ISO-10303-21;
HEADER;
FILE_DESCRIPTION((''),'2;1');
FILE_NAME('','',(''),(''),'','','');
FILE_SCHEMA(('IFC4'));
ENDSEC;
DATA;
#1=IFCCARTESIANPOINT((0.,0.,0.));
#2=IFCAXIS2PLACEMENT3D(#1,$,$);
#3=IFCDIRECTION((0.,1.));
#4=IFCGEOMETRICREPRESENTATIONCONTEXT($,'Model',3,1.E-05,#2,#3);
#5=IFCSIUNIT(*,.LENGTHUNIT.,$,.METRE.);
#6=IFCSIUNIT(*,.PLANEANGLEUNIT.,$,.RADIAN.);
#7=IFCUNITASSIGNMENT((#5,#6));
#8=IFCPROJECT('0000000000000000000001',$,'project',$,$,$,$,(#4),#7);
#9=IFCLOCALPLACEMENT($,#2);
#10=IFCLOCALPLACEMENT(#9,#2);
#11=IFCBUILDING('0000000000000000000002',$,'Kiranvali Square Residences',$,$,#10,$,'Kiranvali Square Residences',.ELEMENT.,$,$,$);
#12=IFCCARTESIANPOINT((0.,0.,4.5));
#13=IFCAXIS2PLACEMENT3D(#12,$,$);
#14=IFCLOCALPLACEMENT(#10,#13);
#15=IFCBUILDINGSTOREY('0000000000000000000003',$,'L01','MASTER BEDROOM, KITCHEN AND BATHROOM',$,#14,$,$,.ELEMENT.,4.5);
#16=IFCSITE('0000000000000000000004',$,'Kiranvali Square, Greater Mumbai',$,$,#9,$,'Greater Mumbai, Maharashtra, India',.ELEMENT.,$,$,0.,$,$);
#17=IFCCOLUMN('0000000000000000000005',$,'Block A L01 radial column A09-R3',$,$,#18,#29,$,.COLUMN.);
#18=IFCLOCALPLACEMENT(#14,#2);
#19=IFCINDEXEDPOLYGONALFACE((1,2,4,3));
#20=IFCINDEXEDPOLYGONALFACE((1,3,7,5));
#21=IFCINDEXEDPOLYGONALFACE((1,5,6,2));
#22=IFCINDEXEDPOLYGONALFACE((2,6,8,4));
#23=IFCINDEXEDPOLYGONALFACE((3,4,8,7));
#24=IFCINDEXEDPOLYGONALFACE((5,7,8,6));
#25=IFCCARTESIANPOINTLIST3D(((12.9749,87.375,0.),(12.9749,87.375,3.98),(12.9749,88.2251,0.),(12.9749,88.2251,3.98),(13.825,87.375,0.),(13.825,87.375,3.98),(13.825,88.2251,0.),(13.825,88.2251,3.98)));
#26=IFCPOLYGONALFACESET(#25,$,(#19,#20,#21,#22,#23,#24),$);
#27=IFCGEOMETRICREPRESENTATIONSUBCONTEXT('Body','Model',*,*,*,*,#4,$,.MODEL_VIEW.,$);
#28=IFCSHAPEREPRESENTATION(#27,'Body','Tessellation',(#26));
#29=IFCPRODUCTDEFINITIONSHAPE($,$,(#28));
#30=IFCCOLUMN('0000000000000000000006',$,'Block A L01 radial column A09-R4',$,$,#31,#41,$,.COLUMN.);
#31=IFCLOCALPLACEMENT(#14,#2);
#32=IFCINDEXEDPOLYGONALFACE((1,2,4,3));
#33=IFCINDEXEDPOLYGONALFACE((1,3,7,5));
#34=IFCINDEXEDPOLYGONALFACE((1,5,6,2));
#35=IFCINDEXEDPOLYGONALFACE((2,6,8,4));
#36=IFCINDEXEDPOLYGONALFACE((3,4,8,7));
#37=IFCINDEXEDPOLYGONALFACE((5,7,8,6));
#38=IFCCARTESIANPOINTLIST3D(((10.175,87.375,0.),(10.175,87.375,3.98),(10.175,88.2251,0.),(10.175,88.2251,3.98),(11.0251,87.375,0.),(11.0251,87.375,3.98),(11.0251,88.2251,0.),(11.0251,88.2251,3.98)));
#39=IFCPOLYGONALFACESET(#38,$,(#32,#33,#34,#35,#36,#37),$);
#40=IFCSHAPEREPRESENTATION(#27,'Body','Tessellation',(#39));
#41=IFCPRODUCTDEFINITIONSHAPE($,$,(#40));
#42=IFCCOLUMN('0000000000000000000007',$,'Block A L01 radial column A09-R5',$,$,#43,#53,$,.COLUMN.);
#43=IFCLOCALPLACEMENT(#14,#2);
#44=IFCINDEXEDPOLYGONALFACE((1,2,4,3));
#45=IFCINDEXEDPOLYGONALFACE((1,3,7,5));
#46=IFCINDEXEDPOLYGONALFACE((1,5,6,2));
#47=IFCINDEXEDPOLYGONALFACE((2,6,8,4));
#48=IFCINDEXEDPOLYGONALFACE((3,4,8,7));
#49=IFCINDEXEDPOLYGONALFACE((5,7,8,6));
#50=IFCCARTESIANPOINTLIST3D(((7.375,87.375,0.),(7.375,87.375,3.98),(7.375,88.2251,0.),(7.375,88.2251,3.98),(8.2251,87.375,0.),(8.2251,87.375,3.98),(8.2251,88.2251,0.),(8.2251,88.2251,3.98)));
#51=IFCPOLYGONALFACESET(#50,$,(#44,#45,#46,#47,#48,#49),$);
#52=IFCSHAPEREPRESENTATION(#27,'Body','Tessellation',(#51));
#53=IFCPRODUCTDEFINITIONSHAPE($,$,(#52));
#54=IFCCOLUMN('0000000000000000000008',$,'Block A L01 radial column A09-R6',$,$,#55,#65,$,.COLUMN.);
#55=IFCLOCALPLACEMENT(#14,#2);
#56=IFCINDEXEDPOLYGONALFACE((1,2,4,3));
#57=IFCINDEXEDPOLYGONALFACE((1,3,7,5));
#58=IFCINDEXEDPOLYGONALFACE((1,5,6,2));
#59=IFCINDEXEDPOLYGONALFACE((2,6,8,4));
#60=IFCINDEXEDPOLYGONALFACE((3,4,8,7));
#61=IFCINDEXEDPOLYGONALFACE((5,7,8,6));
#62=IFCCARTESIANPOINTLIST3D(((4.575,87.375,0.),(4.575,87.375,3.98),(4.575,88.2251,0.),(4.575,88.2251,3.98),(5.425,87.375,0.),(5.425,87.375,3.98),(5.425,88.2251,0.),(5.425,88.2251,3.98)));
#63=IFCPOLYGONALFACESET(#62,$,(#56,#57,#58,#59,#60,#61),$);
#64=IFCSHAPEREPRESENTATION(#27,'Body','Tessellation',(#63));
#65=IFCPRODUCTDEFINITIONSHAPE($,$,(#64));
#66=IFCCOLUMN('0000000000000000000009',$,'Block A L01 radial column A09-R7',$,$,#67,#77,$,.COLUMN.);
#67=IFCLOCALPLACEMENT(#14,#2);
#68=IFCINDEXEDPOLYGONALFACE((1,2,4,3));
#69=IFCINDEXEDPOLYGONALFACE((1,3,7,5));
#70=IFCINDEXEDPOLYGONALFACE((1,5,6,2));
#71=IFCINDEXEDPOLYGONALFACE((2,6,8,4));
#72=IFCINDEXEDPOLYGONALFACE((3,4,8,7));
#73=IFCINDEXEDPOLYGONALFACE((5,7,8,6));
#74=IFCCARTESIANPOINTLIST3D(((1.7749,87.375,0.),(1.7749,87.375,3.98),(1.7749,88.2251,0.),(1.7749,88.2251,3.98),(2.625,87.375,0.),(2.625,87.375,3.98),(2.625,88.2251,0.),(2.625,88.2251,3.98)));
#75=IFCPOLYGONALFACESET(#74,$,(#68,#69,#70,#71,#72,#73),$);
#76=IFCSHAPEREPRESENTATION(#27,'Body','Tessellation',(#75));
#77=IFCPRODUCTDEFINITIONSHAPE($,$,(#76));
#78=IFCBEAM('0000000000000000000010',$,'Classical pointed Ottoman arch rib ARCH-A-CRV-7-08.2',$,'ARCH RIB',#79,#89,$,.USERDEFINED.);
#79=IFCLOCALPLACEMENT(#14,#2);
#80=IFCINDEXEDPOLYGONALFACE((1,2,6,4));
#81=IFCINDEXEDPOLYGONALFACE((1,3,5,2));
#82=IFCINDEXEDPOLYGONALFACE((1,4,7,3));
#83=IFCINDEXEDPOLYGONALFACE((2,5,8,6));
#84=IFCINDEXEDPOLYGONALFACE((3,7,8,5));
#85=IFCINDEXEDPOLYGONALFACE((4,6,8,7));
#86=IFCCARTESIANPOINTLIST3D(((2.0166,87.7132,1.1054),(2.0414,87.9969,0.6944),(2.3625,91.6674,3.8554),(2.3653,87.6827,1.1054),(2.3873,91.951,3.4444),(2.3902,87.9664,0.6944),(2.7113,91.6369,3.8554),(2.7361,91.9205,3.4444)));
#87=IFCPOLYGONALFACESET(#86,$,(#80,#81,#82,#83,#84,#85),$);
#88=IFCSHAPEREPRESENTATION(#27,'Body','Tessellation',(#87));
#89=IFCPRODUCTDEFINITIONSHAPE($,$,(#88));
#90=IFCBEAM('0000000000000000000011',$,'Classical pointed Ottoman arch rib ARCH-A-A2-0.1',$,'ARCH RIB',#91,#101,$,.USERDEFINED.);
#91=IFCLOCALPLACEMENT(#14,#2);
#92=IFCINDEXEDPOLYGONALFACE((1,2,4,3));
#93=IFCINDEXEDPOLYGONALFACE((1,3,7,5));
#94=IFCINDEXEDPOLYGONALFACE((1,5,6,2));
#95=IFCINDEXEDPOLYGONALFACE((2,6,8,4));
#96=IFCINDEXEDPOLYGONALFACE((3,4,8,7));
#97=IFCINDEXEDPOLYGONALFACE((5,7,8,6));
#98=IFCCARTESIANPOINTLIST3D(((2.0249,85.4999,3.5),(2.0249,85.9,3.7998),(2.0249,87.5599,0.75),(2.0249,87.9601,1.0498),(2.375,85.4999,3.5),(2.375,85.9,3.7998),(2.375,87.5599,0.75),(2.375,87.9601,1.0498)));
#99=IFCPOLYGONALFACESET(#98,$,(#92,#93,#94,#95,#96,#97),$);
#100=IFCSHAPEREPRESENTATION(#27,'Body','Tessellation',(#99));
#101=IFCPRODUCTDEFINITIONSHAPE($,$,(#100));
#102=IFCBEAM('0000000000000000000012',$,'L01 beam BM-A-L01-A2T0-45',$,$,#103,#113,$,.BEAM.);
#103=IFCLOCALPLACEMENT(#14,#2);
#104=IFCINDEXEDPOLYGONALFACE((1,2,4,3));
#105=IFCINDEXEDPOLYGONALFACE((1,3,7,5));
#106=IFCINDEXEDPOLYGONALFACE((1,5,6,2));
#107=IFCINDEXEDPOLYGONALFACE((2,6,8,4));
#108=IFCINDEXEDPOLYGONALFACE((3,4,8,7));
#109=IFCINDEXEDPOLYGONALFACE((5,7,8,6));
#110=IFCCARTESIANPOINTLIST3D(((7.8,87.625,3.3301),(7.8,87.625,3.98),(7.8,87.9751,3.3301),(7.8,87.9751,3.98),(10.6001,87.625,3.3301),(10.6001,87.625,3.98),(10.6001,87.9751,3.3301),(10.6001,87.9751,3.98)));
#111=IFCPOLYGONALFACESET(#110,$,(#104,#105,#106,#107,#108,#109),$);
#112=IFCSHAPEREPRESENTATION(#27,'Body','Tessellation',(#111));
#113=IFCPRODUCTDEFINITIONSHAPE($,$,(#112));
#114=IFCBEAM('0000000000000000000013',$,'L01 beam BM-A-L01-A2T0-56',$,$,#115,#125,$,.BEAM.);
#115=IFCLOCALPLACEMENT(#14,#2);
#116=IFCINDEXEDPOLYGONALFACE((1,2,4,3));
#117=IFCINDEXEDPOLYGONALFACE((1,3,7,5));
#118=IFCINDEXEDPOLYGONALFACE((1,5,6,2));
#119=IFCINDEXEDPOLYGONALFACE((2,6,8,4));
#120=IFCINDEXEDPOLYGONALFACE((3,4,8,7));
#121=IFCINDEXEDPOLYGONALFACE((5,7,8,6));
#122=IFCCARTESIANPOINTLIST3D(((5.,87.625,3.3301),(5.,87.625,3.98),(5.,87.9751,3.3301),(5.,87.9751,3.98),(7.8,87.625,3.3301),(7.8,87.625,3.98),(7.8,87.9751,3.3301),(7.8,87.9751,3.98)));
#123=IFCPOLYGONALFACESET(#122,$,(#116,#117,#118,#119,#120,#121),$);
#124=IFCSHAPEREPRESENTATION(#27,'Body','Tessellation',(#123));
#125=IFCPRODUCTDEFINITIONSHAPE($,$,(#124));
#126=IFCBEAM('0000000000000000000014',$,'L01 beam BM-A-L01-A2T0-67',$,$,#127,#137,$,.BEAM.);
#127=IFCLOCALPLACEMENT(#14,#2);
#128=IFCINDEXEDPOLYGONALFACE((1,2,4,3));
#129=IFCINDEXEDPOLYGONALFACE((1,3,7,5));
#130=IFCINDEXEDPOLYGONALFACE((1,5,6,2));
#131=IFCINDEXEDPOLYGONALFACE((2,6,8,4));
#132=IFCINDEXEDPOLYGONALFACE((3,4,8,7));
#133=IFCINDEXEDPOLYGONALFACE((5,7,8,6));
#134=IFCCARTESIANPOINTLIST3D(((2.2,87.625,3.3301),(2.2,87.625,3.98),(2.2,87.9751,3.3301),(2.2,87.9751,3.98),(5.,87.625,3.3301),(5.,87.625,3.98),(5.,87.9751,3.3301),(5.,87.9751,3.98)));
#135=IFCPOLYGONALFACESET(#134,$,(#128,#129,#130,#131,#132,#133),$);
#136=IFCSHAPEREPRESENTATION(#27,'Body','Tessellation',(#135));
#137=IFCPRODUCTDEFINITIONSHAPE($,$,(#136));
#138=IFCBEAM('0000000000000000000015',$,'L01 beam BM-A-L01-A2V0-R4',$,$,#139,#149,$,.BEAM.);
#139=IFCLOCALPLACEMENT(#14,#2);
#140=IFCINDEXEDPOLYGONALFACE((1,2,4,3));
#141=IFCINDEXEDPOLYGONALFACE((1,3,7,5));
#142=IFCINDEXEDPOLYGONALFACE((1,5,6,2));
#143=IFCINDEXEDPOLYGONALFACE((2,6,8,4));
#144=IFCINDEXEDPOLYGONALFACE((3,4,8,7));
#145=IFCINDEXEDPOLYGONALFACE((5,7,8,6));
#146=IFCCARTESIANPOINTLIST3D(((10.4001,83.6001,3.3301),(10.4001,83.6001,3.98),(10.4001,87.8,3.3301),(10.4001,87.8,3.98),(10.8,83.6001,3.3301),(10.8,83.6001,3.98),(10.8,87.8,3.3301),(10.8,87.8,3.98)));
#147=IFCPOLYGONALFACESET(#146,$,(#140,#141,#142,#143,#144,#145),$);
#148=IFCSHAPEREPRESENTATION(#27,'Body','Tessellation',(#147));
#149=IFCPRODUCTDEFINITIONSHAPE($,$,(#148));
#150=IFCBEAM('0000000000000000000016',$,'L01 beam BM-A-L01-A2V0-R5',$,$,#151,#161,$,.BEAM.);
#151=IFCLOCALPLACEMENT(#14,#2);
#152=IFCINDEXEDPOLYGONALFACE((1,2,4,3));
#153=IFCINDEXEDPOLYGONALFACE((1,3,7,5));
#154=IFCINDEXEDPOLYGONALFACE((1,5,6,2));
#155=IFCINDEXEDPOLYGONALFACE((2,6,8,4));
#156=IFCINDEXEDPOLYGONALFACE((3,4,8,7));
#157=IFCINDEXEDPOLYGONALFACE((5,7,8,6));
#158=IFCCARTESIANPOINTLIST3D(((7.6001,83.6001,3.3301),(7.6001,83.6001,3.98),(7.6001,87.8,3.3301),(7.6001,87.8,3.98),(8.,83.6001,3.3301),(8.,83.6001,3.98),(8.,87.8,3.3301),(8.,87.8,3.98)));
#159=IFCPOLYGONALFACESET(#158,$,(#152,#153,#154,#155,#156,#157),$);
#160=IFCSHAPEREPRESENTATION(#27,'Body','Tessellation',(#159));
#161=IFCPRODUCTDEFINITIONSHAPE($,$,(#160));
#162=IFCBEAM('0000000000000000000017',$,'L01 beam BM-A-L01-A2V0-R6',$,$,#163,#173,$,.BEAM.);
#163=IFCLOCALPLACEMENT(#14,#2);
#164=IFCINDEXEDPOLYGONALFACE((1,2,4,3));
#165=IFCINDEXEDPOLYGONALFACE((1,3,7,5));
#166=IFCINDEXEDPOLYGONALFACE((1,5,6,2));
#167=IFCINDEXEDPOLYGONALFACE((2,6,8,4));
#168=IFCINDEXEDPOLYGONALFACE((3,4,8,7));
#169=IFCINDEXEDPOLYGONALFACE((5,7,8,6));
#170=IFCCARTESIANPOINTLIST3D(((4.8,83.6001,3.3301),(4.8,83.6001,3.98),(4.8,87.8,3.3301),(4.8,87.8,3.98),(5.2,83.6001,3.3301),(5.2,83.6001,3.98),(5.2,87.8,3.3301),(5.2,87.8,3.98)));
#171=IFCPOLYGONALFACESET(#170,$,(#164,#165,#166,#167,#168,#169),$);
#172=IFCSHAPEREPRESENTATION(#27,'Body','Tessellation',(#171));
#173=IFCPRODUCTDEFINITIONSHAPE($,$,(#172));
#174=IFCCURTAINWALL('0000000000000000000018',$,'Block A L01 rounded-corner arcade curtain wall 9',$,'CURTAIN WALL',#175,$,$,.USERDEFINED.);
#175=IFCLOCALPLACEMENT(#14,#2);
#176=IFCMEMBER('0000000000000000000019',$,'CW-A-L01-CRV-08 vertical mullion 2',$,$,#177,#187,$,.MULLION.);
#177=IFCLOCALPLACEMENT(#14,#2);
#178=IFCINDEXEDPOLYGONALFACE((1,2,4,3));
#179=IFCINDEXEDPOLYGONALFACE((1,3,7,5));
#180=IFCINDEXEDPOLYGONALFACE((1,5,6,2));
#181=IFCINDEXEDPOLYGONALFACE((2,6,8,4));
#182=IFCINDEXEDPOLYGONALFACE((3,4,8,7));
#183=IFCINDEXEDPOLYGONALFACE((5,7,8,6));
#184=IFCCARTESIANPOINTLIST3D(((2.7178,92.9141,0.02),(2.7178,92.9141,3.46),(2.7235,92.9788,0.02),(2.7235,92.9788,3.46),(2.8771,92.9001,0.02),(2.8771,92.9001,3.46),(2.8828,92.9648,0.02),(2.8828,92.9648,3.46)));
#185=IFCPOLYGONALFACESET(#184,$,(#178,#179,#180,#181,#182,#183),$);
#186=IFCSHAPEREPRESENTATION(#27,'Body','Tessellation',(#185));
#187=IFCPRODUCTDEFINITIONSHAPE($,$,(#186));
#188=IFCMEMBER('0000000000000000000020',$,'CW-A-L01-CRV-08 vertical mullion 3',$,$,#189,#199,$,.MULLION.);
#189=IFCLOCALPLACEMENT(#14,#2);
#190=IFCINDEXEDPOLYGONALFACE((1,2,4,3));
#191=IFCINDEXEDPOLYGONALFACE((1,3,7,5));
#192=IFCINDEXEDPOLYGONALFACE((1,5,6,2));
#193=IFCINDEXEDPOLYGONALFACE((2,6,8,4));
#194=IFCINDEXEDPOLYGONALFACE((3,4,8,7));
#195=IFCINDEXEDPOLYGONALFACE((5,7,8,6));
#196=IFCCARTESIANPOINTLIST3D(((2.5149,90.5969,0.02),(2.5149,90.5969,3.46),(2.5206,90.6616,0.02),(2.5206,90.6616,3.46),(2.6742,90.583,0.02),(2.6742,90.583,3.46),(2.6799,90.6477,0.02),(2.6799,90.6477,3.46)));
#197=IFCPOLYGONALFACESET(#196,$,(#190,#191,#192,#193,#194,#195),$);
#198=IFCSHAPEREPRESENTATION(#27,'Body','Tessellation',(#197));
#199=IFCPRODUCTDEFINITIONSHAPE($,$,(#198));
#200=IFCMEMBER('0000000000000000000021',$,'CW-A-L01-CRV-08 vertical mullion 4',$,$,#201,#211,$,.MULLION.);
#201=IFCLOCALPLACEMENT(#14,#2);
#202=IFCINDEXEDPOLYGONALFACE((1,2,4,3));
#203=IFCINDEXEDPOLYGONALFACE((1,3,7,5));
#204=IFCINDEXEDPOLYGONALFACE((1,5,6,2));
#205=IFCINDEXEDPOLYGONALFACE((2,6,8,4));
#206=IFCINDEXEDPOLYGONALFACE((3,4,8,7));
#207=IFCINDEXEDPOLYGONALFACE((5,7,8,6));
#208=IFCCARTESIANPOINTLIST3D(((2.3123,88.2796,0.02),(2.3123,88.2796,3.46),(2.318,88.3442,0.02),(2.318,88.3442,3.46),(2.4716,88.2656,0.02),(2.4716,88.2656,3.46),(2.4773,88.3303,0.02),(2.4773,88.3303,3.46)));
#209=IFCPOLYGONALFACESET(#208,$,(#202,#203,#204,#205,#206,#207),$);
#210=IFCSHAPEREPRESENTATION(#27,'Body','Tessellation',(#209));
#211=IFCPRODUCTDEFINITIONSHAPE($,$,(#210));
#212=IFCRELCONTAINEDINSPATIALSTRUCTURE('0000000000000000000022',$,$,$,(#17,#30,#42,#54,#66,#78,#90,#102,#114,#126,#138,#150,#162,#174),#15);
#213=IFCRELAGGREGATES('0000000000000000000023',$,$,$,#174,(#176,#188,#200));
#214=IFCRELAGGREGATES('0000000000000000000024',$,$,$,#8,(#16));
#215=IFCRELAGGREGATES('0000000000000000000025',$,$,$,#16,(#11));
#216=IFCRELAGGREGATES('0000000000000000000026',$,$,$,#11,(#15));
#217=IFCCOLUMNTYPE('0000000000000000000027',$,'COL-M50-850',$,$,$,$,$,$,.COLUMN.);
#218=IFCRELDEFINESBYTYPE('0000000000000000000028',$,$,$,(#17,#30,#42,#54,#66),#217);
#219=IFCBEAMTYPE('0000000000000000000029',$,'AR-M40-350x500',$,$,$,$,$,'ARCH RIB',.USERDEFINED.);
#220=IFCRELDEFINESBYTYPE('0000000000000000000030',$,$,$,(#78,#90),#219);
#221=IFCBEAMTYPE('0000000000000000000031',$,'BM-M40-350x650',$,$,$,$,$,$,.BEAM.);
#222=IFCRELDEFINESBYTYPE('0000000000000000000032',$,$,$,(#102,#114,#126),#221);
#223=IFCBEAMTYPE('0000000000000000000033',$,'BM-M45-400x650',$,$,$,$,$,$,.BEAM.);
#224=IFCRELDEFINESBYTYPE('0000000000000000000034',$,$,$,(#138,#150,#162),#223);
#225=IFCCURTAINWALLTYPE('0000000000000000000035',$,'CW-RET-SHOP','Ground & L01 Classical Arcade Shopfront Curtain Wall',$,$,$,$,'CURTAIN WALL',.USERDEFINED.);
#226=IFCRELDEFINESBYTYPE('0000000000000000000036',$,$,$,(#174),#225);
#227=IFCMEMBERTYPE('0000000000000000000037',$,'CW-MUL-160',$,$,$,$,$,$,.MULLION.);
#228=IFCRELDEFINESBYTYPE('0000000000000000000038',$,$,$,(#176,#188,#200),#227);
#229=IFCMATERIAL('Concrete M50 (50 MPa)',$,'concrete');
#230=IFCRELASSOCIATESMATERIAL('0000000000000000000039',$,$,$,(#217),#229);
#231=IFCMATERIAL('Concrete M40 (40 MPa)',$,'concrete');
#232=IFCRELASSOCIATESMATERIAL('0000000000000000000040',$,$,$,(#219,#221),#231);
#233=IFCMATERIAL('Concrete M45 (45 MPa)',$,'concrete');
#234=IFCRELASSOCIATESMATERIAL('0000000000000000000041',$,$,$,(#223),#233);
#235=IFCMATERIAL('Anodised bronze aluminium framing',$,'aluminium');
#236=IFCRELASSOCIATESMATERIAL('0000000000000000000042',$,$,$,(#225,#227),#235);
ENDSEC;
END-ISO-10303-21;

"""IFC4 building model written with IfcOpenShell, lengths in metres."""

from ifc_helpers import new_model, si_unit, direction, frame, origin, origin_2d, place, context, subcontext, project, spatial, rectangle, extrude, material, material_profile, profile_set, type_object, element, aggregate, save


model = new_model("IFC4")

# Units and contexts
model_context = context("Model", 3, precision=1e-05, world=origin(), true_north=direction((0.0, 1.0)))
body_context = subcontext(model_context, "Body", "Model", "MODEL_VIEW")
ifc_project = project(units=[si_unit("LENGTHUNIT", "METRE"), si_unit("PLANEANGLEUNIT", "RADIAN")], contexts=[model_context])

# Site, building, storey
site_placement = place(None, origin())
site = spatial("IfcSite", under=ifc_project, at=site_placement, Name="Kiranvali Square, Greater Mumbai", LongName="Greater Mumbai, Maharashtra, India", CompositionType="ELEMENT", RefElevation=0.0)
building_placement = place(site_placement, origin())
building = spatial("IfcBuilding", under=site, at=building_placement, Name="Kiranvali Square Residences", LongName="Kiranvali Square Residences", CompositionType="ELEMENT")
storey_placement = place(building_placement, frame((0.0, 0.0, 4.5)))
storey = spatial("IfcBuildingStorey", under=building, at=storey_placement, Name="L01", Description="MASTER BEDROOM, KITCHEN AND BATHROOM", CompositionType="ELEMENT", Elevation=4.5)

# Columns
ifc_material_1 = material(Name="Concrete M50 (50 MPa)", Category="concrete")
ifc_material_profile_1 = material_profile(ifc_material_1, rectangle(XDim=0.8501, YDim=0.8501, at=origin_2d()), Name="RC 850x850")
ifc_profile_set_1 = profile_set([ifc_material_profile_1], Name="Concrete M50 (50 MPa)")
column_type = type_object("IfcColumnType", Name="COL-M50-850", PredefinedType="COLUMN", material=ifc_profile_set_1)
for number, where, z_axis, x_axis, name in (
    (1, (13.3999, 87.8, 0.0), (0.0, 0.0, 1.0), (0.0, 1.0, 0.0), "Block A L01 radial column A09-R3"),
    (2, (10.6001, 87.8, 0.0), (0.0, 0.0, 1.0), (0.0, 1.0, 0.0), "Block A L01 radial column A09-R4"),
    (3, (7.8, 87.8, 0.0), (0.0, 0.0, 1.0), (0.0, 1.0, 0.0), "Block A L01 radial column A09-R5"),
    (4, (5.0, 87.8, 0.0), (0.0, 0.0, 1.0), (0.0, 1.0, 0.0), "Block A L01 radial column A09-R6"),
    (5, (2.2, 87.8, 0.0), (0.0, 0.0, 1.0), (0.0, 1.0, 0.0), "Block A L01 radial column A09-R7"),
):
    element("IfcColumn", number, at=place(storey_placement, frame(where, z_axis=z_axis, x_axis=x_axis)), inside=storey, type_object=column_type, Name=name, PredefinedType="COLUMN", context=body_context, shape_type="SweptSolid", body=[
        extrude(rectangle(XDim=0.8501, YDim=0.8501, at=origin_2d()), origin(), (0.0, 0.0, 1.0), 3.98),
    ])

# Beams
ifc_material_2 = material(Name="Concrete M40 (40 MPa)", Category="concrete")
ifc_material_profile_2 = material_profile(ifc_material_2, rectangle(XDim=0.3501, YDim=0.5, at=origin_2d()), Name="RC 350x500")
ifc_profile_set_2 = profile_set([ifc_material_profile_2], Name="Concrete M40 (40 MPa)")
beam_type_1 = type_object("IfcBeamType", Name="AR-M40-350x500", ElementType="ARCH RIB", PredefinedType="USERDEFINED", material=ifc_profile_set_2)
beam_1_placement = place(storey_placement, frame((2.5493, 91.7939, 3.6499), z_axis=(-0.071643, -0.818862, -0.569502), x_axis=(0.996195, -0.087158, 0.0)))
element("IfcBeam", 6, at=beam_1_placement, inside=storey, type_object=beam_type_1, Name="Classical pointed Ottoman arch rib ARCH-A-CRV-7-08.2", ObjectType="ARCH RIB", PredefinedType="USERDEFINED", context=body_context, shape_type="SweptSolid", body=[
    extrude(rectangle(XDim=0.3501, YDim=0.5, at=origin_2d()), origin(), (0.0, 0.0, 1.0), 4.8289),
])
beam_2_placement = place(storey_placement, frame((2.2, 87.76, 0.8999), z_axis=(0.0, -0.599545, 0.800341), x_axis=(1.0, 0.0, 0.0)))
element("IfcBeam", 7, at=beam_2_placement, inside=storey, type_object=beam_type_1, Name="Classical pointed Ottoman arch rib ARCH-A-A2-0.1", ObjectType="ARCH RIB", PredefinedType="USERDEFINED", context=body_context, shape_type="SweptSolid", body=[
    extrude(rectangle(XDim=0.3501, YDim=0.5, at=origin_2d()), origin(), (0.0, 0.0, 1.0), 3.436),
])
ifc_material_profile_3 = material_profile(ifc_material_2, rectangle(XDim=0.3501, YDim=0.6499, at=origin_2d()), Name="RC 350x650")
ifc_profile_set_3 = profile_set([ifc_material_profile_3], Name="Concrete M40 (40 MPa)")
beam_type_2 = type_object("IfcBeamType", Name="BM-M40-350x650", PredefinedType="BEAM", material=ifc_profile_set_3)
for number, where, z_axis, x_axis, name in (
    (8, (10.6001, 87.8, 3.655), (-1.0, 0.0, 0.0), (0.0, -1.0, 0.0), "L01 beam BM-A-L01-A2T0-45"),
    (9, (7.8, 87.8, 3.655), (-1.0, 0.0, 0.0), (0.0, -1.0, 0.0), "L01 beam BM-A-L01-A2T0-56"),
    (10, (5.0, 87.8, 3.655), (-1.0, 0.0, 0.0), (0.0, -1.0, 0.0), "L01 beam BM-A-L01-A2T0-67"),
):
    element("IfcBeam", number, at=place(storey_placement, frame(where, z_axis=z_axis, x_axis=x_axis)), inside=storey, type_object=beam_type_2, Name=name, PredefinedType="BEAM", context=body_context, shape_type="SweptSolid", body=[
        extrude(rectangle(XDim=0.3501, YDim=0.6499, at=origin_2d()), origin(), (0.0, 0.0, 1.0), 2.8),
    ])
ifc_material_3 = material(Name="Concrete M45 (45 MPa)", Category="concrete")
ifc_material_profile_4 = material_profile(ifc_material_3, rectangle(XDim=0.3999, YDim=0.6499, at=origin_2d()), Name="RC 400x650")
ifc_profile_set_4 = profile_set([ifc_material_profile_4], Name="Concrete M45 (45 MPa)")
beam_type_3 = type_object("IfcBeamType", Name="BM-M45-400x650", PredefinedType="BEAM", material=ifc_profile_set_4)
for number, where, z_axis, x_axis, name in (
    (11, (10.6001, 87.8, 3.655), (0.0, -1.0, 0.0), (1.0, 0.0, 0.0), "L01 beam BM-A-L01-A2V0-R4"),
    (12, (7.8, 87.8, 3.655), (0.0, -1.0, 0.0), (1.0, 0.0, 0.0), "L01 beam BM-A-L01-A2V0-R5"),
    (13, (5.0, 87.8, 3.655), (0.0, -1.0, 0.0), (1.0, 0.0, 0.0), "L01 beam BM-A-L01-A2V0-R6"),
):
    element("IfcBeam", number, at=place(storey_placement, frame(where, z_axis=z_axis, x_axis=x_axis)), inside=storey, type_object=beam_type_3, Name=name, PredefinedType="BEAM", context=body_context, shape_type="SweptSolid", body=[
        extrude(rectangle(XDim=0.3999, YDim=0.6499, at=origin_2d()), origin(), (0.0, 0.0, 1.0), 4.2),
    ])

# Curtain wall, members
ifc_material_4 = material(Name="Anodised bronze aluminium framing", Category="aluminium")
curtain_wall_type = type_object("IfcCurtainWallType", Name="CW-RET-SHOP", Description="Ground & L01 Classical Arcade Shopfront Curtain Wall", ElementType="CURTAIN WALL", PredefinedType="USERDEFINED", material=ifc_material_4)
curtain_wall_1_placement = place(storey_placement, origin())
curtain_wall_1 = element("IfcCurtainWall", 14, at=curtain_wall_1_placement, inside=storey, type_object=curtain_wall_type, Name="Block A L01 rounded-corner arcade curtain wall 9", ObjectType="CURTAIN WALL", PredefinedType="USERDEFINED")
ifc_material_profile_5 = material_profile(ifc_material_4, rectangle(XDim=0.0649, YDim=0.1599, at=origin_2d()), Name="ALU 65x160")
ifc_profile_set_5 = profile_set([ifc_material_profile_5], Name="Anodised bronze aluminium framing")
member_type_1 = type_object("IfcMemberType", Name="CW-MUL-160", PredefinedType="MULLION", material=ifc_profile_set_5)
member_1_placement = place(storey_placement, frame((2.8003, 92.9395, 0.02), z_axis=(0.0, 0.0, 1.0), x_axis=(-0.087156, -0.996195, 0.0)))
member_1 = element("IfcMember", 15, at=member_1_placement, type_object=member_type_1, Name="CW-A-L01-CRV-08 vertical mullion 2", PredefinedType="MULLION", context=body_context, shape_type="SweptSolid", body=[
    extrude(rectangle(XDim=0.0649, YDim=0.1599, at=origin_2d()), origin(), (0.0, 0.0, 1.0), 3.4399),
])
member_2_placement = place(storey_placement, frame((2.5974, 90.6223, 0.02), z_axis=(0.0, 0.0, 1.0), x_axis=(-0.087156, -0.996195, 0.0)))
member_2 = element("IfcMember", 16, at=member_2_placement, type_object=member_type_1, Name="CW-A-L01-CRV-08 vertical mullion 3", PredefinedType="MULLION", context=body_context, shape_type="SweptSolid", body=[
    extrude(rectangle(XDim=0.0649, YDim=0.1599, at=origin_2d()), origin(), (0.0, 0.0, 1.0), 3.4399),
])
member_3_placement = place(storey_placement, frame((2.3948, 88.3049, 0.02), z_axis=(0.0, 0.0, 1.0), x_axis=(-0.087156, -0.996195, 0.0)))
member_3 = element("IfcMember", 17, at=member_3_placement, type_object=member_type_1, Name="CW-A-L01-CRV-08 vertical mullion 4", PredefinedType="MULLION", context=body_context, shape_type="SweptSolid", body=[
    extrude(rectangle(XDim=0.0649, YDim=0.1599, at=origin_2d()), origin(), (0.0, 0.0, 1.0), 3.4399),
])

aggregate(curtain_wall_1, [member_1, member_2, member_3])

save(model, "model.ifc")
